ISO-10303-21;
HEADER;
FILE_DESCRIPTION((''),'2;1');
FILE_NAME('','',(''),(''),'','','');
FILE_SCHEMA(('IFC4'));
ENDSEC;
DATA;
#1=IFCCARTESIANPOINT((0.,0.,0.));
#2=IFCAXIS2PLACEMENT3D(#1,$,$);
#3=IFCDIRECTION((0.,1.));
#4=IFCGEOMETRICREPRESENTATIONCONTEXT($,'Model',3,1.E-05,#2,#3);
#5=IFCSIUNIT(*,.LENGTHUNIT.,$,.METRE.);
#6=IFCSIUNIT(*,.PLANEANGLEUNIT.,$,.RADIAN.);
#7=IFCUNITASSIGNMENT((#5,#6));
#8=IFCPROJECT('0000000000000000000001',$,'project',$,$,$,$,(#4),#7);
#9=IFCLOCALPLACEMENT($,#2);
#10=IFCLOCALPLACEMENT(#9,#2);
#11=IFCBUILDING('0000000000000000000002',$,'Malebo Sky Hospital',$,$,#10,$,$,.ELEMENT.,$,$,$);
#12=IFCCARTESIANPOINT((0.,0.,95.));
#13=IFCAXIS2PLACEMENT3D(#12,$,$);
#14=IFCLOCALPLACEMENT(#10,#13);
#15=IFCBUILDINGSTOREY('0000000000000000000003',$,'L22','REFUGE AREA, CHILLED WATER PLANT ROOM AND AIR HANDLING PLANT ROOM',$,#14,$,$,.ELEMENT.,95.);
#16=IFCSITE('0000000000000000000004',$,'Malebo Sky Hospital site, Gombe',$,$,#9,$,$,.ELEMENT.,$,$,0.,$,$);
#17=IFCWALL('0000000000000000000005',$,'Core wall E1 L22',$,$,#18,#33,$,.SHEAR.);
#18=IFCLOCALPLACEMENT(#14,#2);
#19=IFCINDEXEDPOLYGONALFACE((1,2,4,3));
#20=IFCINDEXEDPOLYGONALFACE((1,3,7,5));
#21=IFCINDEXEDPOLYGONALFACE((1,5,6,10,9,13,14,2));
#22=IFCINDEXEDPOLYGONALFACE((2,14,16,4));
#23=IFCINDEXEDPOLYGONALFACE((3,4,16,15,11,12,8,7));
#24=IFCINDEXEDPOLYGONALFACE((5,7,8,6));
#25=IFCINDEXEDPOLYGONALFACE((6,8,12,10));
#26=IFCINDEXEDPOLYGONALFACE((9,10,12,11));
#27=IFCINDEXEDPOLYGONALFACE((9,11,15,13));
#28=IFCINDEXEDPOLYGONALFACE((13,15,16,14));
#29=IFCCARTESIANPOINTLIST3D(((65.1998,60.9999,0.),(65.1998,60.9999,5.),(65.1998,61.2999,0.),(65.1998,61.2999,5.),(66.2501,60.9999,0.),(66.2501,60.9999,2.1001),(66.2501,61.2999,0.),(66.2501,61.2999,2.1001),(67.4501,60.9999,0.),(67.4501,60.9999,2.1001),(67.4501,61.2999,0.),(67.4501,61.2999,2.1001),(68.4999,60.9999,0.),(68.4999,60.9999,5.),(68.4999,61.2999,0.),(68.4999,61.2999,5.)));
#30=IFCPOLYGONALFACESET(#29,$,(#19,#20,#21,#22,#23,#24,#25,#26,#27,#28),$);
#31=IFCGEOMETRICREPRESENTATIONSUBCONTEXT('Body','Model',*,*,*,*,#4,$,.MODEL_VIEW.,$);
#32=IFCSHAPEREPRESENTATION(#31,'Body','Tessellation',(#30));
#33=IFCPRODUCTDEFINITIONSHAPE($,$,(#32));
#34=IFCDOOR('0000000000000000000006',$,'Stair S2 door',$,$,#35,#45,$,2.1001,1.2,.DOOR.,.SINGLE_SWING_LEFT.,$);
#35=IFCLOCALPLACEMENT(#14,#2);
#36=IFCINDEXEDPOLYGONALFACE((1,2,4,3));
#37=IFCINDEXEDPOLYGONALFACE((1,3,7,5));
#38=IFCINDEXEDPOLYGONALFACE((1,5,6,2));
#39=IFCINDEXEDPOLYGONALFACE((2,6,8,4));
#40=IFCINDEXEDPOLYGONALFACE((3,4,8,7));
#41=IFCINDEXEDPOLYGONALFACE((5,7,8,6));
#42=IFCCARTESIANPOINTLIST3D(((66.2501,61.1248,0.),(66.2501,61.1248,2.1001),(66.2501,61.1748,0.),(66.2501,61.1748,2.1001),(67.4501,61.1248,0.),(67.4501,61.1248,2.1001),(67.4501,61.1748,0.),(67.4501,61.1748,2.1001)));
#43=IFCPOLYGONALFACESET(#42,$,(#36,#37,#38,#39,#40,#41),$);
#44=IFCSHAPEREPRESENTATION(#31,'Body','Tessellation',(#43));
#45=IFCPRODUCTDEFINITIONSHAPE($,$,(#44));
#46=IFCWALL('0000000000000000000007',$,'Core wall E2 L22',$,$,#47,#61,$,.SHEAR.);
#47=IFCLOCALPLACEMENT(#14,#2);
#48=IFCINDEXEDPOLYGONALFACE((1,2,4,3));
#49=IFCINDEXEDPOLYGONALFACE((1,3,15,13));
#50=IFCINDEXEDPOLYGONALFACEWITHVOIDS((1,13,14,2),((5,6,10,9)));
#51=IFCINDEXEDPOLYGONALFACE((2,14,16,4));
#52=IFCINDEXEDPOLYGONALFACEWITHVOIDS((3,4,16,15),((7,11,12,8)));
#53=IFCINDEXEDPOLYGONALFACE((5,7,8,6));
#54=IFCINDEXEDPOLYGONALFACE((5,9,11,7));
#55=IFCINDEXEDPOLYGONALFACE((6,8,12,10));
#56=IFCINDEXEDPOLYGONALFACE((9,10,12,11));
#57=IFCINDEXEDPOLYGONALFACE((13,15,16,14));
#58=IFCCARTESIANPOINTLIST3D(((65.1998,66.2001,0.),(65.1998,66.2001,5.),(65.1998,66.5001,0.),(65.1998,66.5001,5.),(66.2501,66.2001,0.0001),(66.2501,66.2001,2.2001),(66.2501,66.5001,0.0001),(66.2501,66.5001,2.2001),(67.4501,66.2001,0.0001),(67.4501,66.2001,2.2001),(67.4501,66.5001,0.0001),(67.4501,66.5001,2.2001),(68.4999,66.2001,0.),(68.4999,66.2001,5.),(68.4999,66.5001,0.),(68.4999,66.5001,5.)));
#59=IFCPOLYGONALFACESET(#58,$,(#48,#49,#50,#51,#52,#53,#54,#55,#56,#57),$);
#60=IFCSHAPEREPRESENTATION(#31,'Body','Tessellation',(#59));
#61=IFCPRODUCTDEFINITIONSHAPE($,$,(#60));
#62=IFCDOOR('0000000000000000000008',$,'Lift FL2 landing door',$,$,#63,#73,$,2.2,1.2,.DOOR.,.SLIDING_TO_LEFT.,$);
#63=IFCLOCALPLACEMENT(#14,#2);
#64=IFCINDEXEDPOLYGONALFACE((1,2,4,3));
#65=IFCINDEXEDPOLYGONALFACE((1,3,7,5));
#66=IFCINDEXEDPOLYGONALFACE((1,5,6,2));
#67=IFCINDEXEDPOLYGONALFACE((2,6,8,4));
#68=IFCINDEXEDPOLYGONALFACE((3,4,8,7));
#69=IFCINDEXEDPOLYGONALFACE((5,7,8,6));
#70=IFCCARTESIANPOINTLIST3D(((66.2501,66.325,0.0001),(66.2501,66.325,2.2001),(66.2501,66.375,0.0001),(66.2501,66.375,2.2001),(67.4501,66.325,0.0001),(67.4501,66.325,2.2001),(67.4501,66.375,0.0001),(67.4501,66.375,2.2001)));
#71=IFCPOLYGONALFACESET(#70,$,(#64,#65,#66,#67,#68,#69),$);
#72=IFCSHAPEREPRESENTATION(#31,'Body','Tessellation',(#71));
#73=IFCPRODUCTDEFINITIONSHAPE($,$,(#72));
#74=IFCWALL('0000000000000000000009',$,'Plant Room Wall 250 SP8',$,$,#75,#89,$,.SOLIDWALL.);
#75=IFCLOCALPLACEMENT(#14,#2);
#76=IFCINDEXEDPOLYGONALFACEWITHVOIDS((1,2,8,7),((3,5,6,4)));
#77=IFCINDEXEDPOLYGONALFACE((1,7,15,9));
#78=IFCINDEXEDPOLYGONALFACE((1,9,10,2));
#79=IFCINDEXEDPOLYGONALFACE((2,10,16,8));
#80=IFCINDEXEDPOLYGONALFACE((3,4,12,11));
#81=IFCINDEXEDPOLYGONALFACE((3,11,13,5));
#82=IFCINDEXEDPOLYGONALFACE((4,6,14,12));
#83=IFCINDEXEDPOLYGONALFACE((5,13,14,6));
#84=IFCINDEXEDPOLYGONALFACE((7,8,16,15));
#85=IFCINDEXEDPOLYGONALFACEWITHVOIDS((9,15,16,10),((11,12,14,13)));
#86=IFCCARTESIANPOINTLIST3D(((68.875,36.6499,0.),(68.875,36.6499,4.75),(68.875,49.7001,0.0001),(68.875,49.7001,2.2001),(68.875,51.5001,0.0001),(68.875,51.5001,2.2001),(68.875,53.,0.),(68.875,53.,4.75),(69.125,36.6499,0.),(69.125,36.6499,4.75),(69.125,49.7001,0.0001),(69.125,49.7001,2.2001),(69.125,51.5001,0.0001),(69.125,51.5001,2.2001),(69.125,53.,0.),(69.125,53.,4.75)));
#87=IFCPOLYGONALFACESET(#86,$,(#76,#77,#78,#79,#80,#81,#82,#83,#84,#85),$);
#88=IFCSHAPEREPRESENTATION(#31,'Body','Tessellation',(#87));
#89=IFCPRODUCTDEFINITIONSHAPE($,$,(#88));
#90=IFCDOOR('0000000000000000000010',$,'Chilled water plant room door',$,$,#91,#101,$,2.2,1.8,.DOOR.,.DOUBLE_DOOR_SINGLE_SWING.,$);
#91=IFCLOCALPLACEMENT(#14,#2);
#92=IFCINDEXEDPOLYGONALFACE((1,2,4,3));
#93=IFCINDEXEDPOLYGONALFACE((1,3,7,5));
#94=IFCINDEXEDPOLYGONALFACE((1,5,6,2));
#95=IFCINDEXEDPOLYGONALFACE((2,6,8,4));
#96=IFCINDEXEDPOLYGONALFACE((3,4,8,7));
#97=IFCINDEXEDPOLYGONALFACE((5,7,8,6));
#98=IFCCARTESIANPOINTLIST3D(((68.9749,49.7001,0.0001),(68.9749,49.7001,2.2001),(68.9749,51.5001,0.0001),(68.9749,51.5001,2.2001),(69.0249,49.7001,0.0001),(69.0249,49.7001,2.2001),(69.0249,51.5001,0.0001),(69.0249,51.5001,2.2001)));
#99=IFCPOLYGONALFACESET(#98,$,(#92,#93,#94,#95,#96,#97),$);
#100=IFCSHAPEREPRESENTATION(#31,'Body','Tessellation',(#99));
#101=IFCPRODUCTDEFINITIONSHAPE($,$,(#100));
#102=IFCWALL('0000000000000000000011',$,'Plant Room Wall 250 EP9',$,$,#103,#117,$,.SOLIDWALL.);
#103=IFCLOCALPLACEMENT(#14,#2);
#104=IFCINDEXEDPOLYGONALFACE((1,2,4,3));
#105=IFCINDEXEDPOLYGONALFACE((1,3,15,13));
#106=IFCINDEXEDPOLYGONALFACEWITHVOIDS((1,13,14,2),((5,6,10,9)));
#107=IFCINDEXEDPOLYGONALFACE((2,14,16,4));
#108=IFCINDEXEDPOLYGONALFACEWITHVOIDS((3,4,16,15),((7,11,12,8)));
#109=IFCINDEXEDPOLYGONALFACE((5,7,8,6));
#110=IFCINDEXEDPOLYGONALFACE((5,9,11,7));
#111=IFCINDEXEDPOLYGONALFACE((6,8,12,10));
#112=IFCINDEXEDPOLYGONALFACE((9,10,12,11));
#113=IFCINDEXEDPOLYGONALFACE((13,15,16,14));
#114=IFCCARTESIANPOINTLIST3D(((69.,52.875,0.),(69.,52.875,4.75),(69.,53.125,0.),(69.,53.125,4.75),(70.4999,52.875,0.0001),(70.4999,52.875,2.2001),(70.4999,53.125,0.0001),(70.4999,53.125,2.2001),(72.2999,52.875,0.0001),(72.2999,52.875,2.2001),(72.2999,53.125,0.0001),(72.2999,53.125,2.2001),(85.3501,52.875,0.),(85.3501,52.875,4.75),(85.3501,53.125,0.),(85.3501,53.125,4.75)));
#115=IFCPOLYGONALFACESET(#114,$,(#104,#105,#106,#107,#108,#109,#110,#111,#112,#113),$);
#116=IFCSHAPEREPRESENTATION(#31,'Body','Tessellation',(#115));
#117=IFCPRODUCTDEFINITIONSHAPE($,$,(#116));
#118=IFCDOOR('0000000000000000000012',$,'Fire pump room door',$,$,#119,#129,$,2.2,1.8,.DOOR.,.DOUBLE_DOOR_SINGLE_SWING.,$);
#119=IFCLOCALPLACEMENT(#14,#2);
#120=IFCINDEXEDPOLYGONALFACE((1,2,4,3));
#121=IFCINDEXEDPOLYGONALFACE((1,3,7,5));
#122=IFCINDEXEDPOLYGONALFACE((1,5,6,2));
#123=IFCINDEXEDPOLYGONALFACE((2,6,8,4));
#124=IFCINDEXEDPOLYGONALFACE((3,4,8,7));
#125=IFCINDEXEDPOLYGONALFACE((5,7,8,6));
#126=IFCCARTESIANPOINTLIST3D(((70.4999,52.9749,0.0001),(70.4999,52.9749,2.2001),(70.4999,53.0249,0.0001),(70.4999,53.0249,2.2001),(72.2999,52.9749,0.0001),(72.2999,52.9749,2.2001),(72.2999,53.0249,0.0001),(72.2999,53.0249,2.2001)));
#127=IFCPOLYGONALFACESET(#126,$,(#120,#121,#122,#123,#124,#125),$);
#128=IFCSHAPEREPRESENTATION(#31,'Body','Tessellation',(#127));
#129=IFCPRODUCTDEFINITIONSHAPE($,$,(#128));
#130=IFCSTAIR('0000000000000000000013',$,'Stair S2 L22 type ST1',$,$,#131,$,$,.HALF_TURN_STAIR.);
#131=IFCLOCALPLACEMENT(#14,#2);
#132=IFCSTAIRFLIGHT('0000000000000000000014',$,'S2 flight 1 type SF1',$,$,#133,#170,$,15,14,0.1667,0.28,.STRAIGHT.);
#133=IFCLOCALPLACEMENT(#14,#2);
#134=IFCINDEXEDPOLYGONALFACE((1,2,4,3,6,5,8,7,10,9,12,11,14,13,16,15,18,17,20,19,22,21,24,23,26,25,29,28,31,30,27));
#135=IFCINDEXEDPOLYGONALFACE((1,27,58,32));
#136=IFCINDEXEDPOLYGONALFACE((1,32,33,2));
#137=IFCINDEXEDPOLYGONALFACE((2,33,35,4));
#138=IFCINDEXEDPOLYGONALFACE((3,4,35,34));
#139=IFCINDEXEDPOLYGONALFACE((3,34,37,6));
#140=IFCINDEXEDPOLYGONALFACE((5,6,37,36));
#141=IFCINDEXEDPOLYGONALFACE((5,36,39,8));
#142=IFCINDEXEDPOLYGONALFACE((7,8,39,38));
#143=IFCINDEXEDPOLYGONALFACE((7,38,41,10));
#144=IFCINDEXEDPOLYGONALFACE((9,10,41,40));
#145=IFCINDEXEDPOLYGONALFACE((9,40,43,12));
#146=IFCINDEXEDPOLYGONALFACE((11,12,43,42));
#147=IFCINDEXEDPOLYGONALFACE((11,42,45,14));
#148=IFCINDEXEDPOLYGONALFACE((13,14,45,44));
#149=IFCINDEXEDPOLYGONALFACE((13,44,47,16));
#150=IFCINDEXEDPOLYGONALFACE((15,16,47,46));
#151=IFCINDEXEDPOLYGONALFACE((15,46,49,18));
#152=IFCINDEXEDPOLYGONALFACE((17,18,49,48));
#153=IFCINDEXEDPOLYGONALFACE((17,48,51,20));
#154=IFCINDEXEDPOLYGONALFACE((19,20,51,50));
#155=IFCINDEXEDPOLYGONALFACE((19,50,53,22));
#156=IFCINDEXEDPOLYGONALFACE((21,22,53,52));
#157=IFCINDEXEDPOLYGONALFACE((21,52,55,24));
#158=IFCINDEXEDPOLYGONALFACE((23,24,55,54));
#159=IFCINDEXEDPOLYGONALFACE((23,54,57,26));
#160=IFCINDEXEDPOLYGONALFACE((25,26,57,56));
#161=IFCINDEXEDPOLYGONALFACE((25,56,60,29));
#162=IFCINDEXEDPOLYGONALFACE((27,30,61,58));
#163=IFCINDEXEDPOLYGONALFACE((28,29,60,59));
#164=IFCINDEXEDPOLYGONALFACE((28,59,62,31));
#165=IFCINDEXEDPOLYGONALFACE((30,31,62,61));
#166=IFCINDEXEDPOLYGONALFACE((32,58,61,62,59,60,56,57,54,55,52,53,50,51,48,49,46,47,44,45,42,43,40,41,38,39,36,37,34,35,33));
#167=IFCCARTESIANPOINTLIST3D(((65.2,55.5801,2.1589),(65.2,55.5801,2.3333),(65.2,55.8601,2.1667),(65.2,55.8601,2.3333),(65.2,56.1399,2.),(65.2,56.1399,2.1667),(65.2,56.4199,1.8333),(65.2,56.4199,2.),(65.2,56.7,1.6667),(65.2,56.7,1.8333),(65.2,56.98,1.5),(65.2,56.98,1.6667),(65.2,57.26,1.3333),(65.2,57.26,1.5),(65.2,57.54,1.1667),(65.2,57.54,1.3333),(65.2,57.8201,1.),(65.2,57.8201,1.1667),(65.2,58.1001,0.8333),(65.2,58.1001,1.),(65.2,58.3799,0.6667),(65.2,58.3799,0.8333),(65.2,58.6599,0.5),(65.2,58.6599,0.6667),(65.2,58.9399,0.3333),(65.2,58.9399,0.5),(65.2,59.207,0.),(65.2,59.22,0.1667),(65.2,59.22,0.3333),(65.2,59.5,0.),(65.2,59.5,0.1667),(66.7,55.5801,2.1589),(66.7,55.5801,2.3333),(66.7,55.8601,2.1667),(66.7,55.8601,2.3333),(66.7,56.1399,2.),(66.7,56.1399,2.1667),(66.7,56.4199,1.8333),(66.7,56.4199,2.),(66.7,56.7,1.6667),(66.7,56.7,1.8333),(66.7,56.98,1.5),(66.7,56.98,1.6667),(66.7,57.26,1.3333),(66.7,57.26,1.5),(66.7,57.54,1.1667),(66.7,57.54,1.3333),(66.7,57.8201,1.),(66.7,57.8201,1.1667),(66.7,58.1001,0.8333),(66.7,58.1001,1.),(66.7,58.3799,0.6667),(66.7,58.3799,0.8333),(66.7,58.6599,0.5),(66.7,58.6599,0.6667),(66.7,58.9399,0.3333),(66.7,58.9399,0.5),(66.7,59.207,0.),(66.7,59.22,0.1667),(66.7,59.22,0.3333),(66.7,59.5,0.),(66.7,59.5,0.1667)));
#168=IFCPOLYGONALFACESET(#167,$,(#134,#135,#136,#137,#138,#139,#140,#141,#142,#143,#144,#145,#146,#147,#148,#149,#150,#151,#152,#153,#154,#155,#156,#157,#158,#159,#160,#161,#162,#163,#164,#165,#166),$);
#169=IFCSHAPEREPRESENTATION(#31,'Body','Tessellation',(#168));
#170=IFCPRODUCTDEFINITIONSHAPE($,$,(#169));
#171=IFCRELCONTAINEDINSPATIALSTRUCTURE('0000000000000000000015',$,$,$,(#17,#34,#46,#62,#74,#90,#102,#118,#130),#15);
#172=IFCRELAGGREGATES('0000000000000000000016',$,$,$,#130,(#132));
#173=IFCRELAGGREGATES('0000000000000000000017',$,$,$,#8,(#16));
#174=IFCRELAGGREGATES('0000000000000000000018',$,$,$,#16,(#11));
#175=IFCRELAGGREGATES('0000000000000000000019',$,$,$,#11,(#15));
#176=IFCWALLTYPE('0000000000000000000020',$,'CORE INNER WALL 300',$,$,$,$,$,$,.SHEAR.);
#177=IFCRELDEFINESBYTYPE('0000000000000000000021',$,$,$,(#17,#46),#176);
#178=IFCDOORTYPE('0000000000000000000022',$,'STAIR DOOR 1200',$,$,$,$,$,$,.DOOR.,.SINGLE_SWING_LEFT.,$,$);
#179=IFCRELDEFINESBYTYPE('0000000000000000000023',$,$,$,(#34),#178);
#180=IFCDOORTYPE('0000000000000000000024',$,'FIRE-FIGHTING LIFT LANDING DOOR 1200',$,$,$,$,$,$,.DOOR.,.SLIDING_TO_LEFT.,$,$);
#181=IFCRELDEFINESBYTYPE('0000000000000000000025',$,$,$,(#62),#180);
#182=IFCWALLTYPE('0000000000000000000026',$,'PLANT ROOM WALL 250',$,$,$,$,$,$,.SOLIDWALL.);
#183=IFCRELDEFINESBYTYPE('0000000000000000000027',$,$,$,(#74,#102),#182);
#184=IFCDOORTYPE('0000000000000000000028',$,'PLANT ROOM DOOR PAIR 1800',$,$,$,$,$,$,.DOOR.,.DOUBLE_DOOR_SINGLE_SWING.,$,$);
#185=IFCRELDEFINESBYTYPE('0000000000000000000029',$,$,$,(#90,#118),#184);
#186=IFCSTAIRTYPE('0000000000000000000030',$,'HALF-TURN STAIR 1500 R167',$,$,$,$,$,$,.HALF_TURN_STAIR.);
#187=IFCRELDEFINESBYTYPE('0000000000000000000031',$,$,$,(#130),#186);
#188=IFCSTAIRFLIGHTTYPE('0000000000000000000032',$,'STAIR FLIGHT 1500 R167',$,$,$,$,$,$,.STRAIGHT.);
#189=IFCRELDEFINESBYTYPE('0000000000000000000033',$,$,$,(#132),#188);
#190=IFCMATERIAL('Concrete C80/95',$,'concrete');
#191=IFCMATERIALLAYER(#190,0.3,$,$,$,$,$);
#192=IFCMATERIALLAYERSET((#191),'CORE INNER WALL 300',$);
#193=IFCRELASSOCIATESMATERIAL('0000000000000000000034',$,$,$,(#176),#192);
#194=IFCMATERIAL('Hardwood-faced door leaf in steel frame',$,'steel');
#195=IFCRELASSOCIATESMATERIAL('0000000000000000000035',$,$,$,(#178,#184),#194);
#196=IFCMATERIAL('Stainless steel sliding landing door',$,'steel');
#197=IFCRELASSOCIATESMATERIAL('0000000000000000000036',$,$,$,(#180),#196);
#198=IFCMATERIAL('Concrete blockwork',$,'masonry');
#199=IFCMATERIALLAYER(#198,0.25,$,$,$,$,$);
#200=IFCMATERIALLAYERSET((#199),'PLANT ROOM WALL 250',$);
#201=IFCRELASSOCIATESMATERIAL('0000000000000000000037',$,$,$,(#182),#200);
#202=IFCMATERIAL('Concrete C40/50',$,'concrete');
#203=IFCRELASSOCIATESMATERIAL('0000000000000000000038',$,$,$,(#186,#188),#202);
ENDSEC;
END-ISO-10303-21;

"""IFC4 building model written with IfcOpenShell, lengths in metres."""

from ifc_helpers import new_model, si_unit, direction, frame, frame_2d, origin, place, context, subcontext, project, spatial, polyline, rectangle, outline, extrude, material, layer, layer_set, type_object, element, fill, aggregate, save


model = new_model("IFC4")

# Units and contexts
model_context = context("Model", 3, precision=1e-05, world=origin(), true_north=direction((0.0, 1.0)))
body_context = subcontext(model_context, "Body", "Model", "MODEL_VIEW")
ifc_project = project(units=[si_unit("LENGTHUNIT", "METRE"), si_unit("PLANEANGLEUNIT", "RADIAN")], contexts=[model_context])

# Site, building, storey
site_placement = place(None, origin())
site = spatial("IfcSite", under=ifc_project, at=site_placement, Name="Malebo Sky Hospital site, Gombe", CompositionType="ELEMENT", RefElevation=0.0)
building_placement = place(site_placement, origin())
building = spatial("IfcBuilding", under=site, at=building_placement, Name="Malebo Sky Hospital", CompositionType="ELEMENT")
storey_placement = place(building_placement, frame((0.0, 0.0, 95.0)))
storey = spatial("IfcBuildingStorey", under=building, at=storey_placement, Name="L22", Description="REFUGE AREA, CHILLED WATER PLANT ROOM AND AIR HANDLING PLANT ROOM", CompositionType="ELEMENT", Elevation=95.0)

# Shared definitions
ifc_material_1 = material(Name="Concrete C80/95", Category="concrete")

# Walls, openings, doors
ifc_layer_1 = layer(ifc_material_1, 0.3)
ifc_layer_set_1 = layer_set([ifc_layer_1], Name="CORE INNER WALL 300")
wall_type_1 = type_object("IfcWallType", Name="CORE INNER WALL 300", PredefinedType="SHEAR", material=ifc_layer_set_1)
wall_1_placement = place(storey_placement, frame((65.2, 61.1499, 0.0), z_axis=(0.0, 0.0, 1.0), x_axis=(1.0, 0.0, 0.0)))
wall_1 = element("IfcWall", 1, at=wall_1_placement, inside=storey, type_object=wall_type_1, Name="Core wall E1 L22", PredefinedType="SHEAR", context=body_context, shape_type="SweptSolid", body=[
    extrude(rectangle(XDim=3.3, YDim=0.3, at=frame_2d((1.6499, 0.0))), origin(), (0.0, 0.0, 1.0), 5.0),
])
opening_1_placement = place(wall_1_placement, frame((1.05, 0.0, 0.0)))
opening_1 = element("IfcOpeningElement", 2, at=opening_1_placement, cuts=wall_1, PredefinedType="OPENING", context=body_context, shape_type="SweptSolid", body=[
    extrude(rectangle(XDim=1.2, YDim=2.1001, at=frame_2d((0.6001, 1.05))), frame((0.0, 0.1599, 0.0), z_axis=(0.0, -1.0, 0.0), x_axis=(1.0, 0.0, 0.0)), (0.0, 0.0, 1.0), 0.3201),
])
ifc_material_2 = material(Name="Hardwood-faced door leaf in steel frame", Category="steel")
door_type_1 = type_object("IfcDoorType", Name="STAIR DOOR 1200", OperationType="SINGLE_SWING_LEFT", PredefinedType="DOOR", material=ifc_material_2)
door_1_placement = place(opening_1_placement, origin())
door_1 = element("IfcDoor", 3, at=door_1_placement, inside=storey, type_object=door_type_1, Name="Stair S2 door", OperationType="SINGLE_SWING_LEFT", OverallHeight=2.1001, OverallWidth=1.2, PredefinedType="DOOR", context=body_context, shape_type="SweptSolid", body=[
    extrude(rectangle(XDim=1.2, YDim=2.1001, at=frame_2d((0.6001, 1.05))), frame((0.0, 0.0249, 0.0), z_axis=(0.0, -1.0, 0.0), x_axis=(1.0, 0.0, 0.0)), (0.0, 0.0, 1.0), 0.05),
])
fill(opening_1, door_1)
wall_2_placement = place(storey_placement, frame((65.2, 66.3501, 0.0), z_axis=(0.0, 0.0, 1.0), x_axis=(1.0, 0.0, 0.0)))
wall_2 = element("IfcWall", 4, at=wall_2_placement, inside=storey, type_object=wall_type_1, Name="Core wall E2 L22", PredefinedType="SHEAR", context=body_context, shape_type="SweptSolid", body=[
    extrude(rectangle(XDim=3.3, YDim=0.3, at=frame_2d((1.6499, 0.0))), origin(), (0.0, 0.0, 1.0), 5.0),
])
opening_2_placement = place(wall_2_placement, frame((1.05, 0.0, 0.0)))
opening_2 = element("IfcOpeningElement", 5, at=opening_2_placement, cuts=wall_2, PredefinedType="OPENING", context=body_context, shape_type="SweptSolid", body=[
    extrude(rectangle(XDim=1.2, YDim=2.2, at=frame_2d((0.6001, 1.1001))), frame((0.0, 0.1599, 0.0), z_axis=(0.0, -1.0, 0.0), x_axis=(1.0, 0.0, 0.0)), (0.0, 0.0, 1.0), 0.3201),
])
ifc_material_3 = material(Name="Stainless steel sliding landing door", Category="steel")
door_type_2 = type_object("IfcDoorType", Name="FIRE-FIGHTING LIFT LANDING DOOR 1200", OperationType="SLIDING_TO_LEFT", PredefinedType="DOOR", material=ifc_material_3)
door_2_placement = place(opening_2_placement, origin())
door_2 = element("IfcDoor", 6, at=door_2_placement, inside=storey, type_object=door_type_2, Name="Lift FL2 landing door", OperationType="SLIDING_TO_LEFT", OverallHeight=2.2, OverallWidth=1.2, PredefinedType="DOOR", context=body_context, shape_type="SweptSolid", body=[
    extrude(rectangle(XDim=1.2, YDim=2.2, at=frame_2d((0.6001, 1.1001))), frame((0.0, 0.0249, 0.0), z_axis=(0.0, -1.0, 0.0), x_axis=(1.0, 0.0, 0.0)), (0.0, 0.0, 1.0), 0.05),
])
fill(opening_2, door_2)
ifc_material_4 = material(Name="Concrete blockwork", Category="masonry")
ifc_layer_2 = layer(ifc_material_4, 0.25)
ifc_layer_set_2 = layer_set([ifc_layer_2], Name="PLANT ROOM WALL 250")
wall_type_2 = type_object("IfcWallType", Name="PLANT ROOM WALL 250", PredefinedType="SOLIDWALL", material=ifc_layer_set_2)
wall_3_placement = place(storey_placement, frame((69.0, 53.0, 0.0), z_axis=(0.0, 0.0, 1.0), x_axis=(0.0, -1.0, 0.0)))
wall_3 = element("IfcWall", 7, at=wall_3_placement, inside=storey, type_object=wall_type_2, Name="Plant Room Wall 250 SP8", PredefinedType="SOLIDWALL", context=body_context, shape_type="SweptSolid", body=[
    extrude(rectangle(XDim=16.3501, YDim=0.25, at=frame_2d((8.175, 0.0))), origin(), (0.0, 0.0, 1.0), 4.75),
])
opening_3_placement = place(wall_3_placement, frame((1.5, 0.0, 0.0)))
opening_3 = element("IfcOpeningElement", 8, at=opening_3_placement, cuts=wall_3, PredefinedType="OPENING", context=body_context, shape_type="SweptSolid", body=[
    extrude(rectangle(XDim=1.8, YDim=2.2, at=frame_2d((0.8999, 1.1001))), frame((0.0, 0.135, 0.0), z_axis=(0.0, -1.0, 0.0), x_axis=(1.0, 0.0, 0.0)), (0.0, 0.0, 1.0), 0.27),
])
door_type_3 = type_object("IfcDoorType", Name="PLANT ROOM DOOR PAIR 1800", OperationType="DOUBLE_DOOR_SINGLE_SWING", PredefinedType="DOOR", material=ifc_material_2)
door_3_placement = place(opening_3_placement, origin())
door_3 = element("IfcDoor", 9, at=door_3_placement, inside=storey, type_object=door_type_3, Name="Chilled water plant room door", OperationType="DOUBLE_DOOR_SINGLE_SWING", OverallHeight=2.2, OverallWidth=1.8, PredefinedType="DOOR", context=body_context, shape_type="SweptSolid", body=[
    extrude(rectangle(XDim=1.8, YDim=2.2, at=frame_2d((0.8999, 1.1001))), frame((0.0, 0.0249, 0.0), z_axis=(0.0, -1.0, 0.0), x_axis=(1.0, 0.0, 0.0)), (0.0, 0.0, 1.0), 0.05),
])
fill(opening_3, door_3)
wall_4_placement = place(storey_placement, frame((69.0, 53.0, 0.0), z_axis=(0.0, 0.0, 1.0), x_axis=(1.0, 0.0, 0.0)))
wall_4 = element("IfcWall", 10, at=wall_4_placement, inside=storey, type_object=wall_type_2, Name="Plant Room Wall 250 EP9", PredefinedType="SOLIDWALL", context=body_context, shape_type="SweptSolid", body=[
    extrude(rectangle(XDim=16.3501, YDim=0.25, at=frame_2d((8.175, 0.0))), origin(), (0.0, 0.0, 1.0), 4.75),
])
opening_4_placement = place(wall_4_placement, frame((1.5, 0.0, 0.0)))
opening_4 = element("IfcOpeningElement", 11, at=opening_4_placement, cuts=wall_4, PredefinedType="OPENING", context=body_context, shape_type="SweptSolid", body=[
    extrude(rectangle(XDim=1.8, YDim=2.2, at=frame_2d((0.8999, 1.1001))), frame((0.0, 0.135, 0.0), z_axis=(0.0, -1.0, 0.0), x_axis=(1.0, 0.0, 0.0)), (0.0, 0.0, 1.0), 0.27),
])
door_4_placement = place(opening_4_placement, origin())
door_4 = element("IfcDoor", 12, at=door_4_placement, inside=storey, type_object=door_type_3, Name="Fire pump room door", OperationType="DOUBLE_DOOR_SINGLE_SWING", OverallHeight=2.2, OverallWidth=1.8, PredefinedType="DOOR", context=body_context, shape_type="SweptSolid", body=[
    extrude(rectangle(XDim=1.8, YDim=2.2, at=frame_2d((0.8999, 1.1001))), frame((0.0, 0.0249, 0.0), z_axis=(0.0, -1.0, 0.0), x_axis=(1.0, 0.0, 0.0)), (0.0, 0.0, 1.0), 0.05),
])
fill(opening_4, door_4)

# Stair, stair flight
ifc_material_5 = material(Name="Concrete C40/50", Category="concrete")
stair_type = type_object("IfcStairType", Name="HALF-TURN STAIR 1500 R167", PredefinedType="HALF_TURN_STAIR", material=ifc_material_5)
stair_placement = place(storey_placement, origin())
stair = element("IfcStair", 13, at=stair_placement, inside=storey, type_object=stair_type, Name="Stair S2 L22 type ST1", PredefinedType="HALF_TURN_STAIR")
stair_flight_type = type_object("IfcStairFlightType", Name="STAIR FLIGHT 1500 R167", PredefinedType="STRAIGHT", material=ifc_material_5)
stair_flight_placement = place(storey_placement, frame((65.95, 59.5, 0.0), z_axis=(0.0, 0.0, 1.0), x_axis=(0.0, -1.0, 0.0)))
stair_flight = element("IfcStairFlight", 14, at=stair_flight_placement, type_object=stair_flight_type, Name="S2 flight 1 type SF1", NumberOfRisers=15, NumberOfTreads=14, PredefinedType="STRAIGHT", RiserHeight=0.1667, TreadLength=0.28, context=body_context, shape_type="SweptSolid", body=[
    extrude(outline(polyline([(0.0, 0.0), (0.0, 0.1667), (0.28, 0.1667), (0.28, 0.3333), (0.5601, 0.3333), (0.5601, 0.5), (0.8401, 0.5), (0.8401, 0.6667), (1.1201, 0.6667), (1.1201, 0.8333), (1.3999, 0.8333), (1.3999, 1.0), (1.6799, 1.0), (1.6799, 1.1667), (1.96, 1.1667), (1.96, 1.3333), (2.24, 1.3333), (2.24, 1.5), (2.52, 1.5), (2.52, 1.6667), (2.8, 1.6667), (2.8, 1.8333), (3.0801, 1.8333), (3.0801, 2.0), (3.3601, 2.0), (3.3601, 2.1667), (3.6399, 2.1667), (3.6399, 2.3333), (3.9199, 2.3333), (3.9199, 2.5), (3.9199, 2.1589), (0.293, 0.0), (0.0, 0.0)])), frame((0.0, 0.75, 0.0), z_axis=(0.0, -1.0, 0.0), x_axis=(1.0, 0.0, 0.0)), (0.0, 0.0, 1.0), 1.5),
])
aggregate(stair, [stair_flight])

save(model, "model.ifc")
